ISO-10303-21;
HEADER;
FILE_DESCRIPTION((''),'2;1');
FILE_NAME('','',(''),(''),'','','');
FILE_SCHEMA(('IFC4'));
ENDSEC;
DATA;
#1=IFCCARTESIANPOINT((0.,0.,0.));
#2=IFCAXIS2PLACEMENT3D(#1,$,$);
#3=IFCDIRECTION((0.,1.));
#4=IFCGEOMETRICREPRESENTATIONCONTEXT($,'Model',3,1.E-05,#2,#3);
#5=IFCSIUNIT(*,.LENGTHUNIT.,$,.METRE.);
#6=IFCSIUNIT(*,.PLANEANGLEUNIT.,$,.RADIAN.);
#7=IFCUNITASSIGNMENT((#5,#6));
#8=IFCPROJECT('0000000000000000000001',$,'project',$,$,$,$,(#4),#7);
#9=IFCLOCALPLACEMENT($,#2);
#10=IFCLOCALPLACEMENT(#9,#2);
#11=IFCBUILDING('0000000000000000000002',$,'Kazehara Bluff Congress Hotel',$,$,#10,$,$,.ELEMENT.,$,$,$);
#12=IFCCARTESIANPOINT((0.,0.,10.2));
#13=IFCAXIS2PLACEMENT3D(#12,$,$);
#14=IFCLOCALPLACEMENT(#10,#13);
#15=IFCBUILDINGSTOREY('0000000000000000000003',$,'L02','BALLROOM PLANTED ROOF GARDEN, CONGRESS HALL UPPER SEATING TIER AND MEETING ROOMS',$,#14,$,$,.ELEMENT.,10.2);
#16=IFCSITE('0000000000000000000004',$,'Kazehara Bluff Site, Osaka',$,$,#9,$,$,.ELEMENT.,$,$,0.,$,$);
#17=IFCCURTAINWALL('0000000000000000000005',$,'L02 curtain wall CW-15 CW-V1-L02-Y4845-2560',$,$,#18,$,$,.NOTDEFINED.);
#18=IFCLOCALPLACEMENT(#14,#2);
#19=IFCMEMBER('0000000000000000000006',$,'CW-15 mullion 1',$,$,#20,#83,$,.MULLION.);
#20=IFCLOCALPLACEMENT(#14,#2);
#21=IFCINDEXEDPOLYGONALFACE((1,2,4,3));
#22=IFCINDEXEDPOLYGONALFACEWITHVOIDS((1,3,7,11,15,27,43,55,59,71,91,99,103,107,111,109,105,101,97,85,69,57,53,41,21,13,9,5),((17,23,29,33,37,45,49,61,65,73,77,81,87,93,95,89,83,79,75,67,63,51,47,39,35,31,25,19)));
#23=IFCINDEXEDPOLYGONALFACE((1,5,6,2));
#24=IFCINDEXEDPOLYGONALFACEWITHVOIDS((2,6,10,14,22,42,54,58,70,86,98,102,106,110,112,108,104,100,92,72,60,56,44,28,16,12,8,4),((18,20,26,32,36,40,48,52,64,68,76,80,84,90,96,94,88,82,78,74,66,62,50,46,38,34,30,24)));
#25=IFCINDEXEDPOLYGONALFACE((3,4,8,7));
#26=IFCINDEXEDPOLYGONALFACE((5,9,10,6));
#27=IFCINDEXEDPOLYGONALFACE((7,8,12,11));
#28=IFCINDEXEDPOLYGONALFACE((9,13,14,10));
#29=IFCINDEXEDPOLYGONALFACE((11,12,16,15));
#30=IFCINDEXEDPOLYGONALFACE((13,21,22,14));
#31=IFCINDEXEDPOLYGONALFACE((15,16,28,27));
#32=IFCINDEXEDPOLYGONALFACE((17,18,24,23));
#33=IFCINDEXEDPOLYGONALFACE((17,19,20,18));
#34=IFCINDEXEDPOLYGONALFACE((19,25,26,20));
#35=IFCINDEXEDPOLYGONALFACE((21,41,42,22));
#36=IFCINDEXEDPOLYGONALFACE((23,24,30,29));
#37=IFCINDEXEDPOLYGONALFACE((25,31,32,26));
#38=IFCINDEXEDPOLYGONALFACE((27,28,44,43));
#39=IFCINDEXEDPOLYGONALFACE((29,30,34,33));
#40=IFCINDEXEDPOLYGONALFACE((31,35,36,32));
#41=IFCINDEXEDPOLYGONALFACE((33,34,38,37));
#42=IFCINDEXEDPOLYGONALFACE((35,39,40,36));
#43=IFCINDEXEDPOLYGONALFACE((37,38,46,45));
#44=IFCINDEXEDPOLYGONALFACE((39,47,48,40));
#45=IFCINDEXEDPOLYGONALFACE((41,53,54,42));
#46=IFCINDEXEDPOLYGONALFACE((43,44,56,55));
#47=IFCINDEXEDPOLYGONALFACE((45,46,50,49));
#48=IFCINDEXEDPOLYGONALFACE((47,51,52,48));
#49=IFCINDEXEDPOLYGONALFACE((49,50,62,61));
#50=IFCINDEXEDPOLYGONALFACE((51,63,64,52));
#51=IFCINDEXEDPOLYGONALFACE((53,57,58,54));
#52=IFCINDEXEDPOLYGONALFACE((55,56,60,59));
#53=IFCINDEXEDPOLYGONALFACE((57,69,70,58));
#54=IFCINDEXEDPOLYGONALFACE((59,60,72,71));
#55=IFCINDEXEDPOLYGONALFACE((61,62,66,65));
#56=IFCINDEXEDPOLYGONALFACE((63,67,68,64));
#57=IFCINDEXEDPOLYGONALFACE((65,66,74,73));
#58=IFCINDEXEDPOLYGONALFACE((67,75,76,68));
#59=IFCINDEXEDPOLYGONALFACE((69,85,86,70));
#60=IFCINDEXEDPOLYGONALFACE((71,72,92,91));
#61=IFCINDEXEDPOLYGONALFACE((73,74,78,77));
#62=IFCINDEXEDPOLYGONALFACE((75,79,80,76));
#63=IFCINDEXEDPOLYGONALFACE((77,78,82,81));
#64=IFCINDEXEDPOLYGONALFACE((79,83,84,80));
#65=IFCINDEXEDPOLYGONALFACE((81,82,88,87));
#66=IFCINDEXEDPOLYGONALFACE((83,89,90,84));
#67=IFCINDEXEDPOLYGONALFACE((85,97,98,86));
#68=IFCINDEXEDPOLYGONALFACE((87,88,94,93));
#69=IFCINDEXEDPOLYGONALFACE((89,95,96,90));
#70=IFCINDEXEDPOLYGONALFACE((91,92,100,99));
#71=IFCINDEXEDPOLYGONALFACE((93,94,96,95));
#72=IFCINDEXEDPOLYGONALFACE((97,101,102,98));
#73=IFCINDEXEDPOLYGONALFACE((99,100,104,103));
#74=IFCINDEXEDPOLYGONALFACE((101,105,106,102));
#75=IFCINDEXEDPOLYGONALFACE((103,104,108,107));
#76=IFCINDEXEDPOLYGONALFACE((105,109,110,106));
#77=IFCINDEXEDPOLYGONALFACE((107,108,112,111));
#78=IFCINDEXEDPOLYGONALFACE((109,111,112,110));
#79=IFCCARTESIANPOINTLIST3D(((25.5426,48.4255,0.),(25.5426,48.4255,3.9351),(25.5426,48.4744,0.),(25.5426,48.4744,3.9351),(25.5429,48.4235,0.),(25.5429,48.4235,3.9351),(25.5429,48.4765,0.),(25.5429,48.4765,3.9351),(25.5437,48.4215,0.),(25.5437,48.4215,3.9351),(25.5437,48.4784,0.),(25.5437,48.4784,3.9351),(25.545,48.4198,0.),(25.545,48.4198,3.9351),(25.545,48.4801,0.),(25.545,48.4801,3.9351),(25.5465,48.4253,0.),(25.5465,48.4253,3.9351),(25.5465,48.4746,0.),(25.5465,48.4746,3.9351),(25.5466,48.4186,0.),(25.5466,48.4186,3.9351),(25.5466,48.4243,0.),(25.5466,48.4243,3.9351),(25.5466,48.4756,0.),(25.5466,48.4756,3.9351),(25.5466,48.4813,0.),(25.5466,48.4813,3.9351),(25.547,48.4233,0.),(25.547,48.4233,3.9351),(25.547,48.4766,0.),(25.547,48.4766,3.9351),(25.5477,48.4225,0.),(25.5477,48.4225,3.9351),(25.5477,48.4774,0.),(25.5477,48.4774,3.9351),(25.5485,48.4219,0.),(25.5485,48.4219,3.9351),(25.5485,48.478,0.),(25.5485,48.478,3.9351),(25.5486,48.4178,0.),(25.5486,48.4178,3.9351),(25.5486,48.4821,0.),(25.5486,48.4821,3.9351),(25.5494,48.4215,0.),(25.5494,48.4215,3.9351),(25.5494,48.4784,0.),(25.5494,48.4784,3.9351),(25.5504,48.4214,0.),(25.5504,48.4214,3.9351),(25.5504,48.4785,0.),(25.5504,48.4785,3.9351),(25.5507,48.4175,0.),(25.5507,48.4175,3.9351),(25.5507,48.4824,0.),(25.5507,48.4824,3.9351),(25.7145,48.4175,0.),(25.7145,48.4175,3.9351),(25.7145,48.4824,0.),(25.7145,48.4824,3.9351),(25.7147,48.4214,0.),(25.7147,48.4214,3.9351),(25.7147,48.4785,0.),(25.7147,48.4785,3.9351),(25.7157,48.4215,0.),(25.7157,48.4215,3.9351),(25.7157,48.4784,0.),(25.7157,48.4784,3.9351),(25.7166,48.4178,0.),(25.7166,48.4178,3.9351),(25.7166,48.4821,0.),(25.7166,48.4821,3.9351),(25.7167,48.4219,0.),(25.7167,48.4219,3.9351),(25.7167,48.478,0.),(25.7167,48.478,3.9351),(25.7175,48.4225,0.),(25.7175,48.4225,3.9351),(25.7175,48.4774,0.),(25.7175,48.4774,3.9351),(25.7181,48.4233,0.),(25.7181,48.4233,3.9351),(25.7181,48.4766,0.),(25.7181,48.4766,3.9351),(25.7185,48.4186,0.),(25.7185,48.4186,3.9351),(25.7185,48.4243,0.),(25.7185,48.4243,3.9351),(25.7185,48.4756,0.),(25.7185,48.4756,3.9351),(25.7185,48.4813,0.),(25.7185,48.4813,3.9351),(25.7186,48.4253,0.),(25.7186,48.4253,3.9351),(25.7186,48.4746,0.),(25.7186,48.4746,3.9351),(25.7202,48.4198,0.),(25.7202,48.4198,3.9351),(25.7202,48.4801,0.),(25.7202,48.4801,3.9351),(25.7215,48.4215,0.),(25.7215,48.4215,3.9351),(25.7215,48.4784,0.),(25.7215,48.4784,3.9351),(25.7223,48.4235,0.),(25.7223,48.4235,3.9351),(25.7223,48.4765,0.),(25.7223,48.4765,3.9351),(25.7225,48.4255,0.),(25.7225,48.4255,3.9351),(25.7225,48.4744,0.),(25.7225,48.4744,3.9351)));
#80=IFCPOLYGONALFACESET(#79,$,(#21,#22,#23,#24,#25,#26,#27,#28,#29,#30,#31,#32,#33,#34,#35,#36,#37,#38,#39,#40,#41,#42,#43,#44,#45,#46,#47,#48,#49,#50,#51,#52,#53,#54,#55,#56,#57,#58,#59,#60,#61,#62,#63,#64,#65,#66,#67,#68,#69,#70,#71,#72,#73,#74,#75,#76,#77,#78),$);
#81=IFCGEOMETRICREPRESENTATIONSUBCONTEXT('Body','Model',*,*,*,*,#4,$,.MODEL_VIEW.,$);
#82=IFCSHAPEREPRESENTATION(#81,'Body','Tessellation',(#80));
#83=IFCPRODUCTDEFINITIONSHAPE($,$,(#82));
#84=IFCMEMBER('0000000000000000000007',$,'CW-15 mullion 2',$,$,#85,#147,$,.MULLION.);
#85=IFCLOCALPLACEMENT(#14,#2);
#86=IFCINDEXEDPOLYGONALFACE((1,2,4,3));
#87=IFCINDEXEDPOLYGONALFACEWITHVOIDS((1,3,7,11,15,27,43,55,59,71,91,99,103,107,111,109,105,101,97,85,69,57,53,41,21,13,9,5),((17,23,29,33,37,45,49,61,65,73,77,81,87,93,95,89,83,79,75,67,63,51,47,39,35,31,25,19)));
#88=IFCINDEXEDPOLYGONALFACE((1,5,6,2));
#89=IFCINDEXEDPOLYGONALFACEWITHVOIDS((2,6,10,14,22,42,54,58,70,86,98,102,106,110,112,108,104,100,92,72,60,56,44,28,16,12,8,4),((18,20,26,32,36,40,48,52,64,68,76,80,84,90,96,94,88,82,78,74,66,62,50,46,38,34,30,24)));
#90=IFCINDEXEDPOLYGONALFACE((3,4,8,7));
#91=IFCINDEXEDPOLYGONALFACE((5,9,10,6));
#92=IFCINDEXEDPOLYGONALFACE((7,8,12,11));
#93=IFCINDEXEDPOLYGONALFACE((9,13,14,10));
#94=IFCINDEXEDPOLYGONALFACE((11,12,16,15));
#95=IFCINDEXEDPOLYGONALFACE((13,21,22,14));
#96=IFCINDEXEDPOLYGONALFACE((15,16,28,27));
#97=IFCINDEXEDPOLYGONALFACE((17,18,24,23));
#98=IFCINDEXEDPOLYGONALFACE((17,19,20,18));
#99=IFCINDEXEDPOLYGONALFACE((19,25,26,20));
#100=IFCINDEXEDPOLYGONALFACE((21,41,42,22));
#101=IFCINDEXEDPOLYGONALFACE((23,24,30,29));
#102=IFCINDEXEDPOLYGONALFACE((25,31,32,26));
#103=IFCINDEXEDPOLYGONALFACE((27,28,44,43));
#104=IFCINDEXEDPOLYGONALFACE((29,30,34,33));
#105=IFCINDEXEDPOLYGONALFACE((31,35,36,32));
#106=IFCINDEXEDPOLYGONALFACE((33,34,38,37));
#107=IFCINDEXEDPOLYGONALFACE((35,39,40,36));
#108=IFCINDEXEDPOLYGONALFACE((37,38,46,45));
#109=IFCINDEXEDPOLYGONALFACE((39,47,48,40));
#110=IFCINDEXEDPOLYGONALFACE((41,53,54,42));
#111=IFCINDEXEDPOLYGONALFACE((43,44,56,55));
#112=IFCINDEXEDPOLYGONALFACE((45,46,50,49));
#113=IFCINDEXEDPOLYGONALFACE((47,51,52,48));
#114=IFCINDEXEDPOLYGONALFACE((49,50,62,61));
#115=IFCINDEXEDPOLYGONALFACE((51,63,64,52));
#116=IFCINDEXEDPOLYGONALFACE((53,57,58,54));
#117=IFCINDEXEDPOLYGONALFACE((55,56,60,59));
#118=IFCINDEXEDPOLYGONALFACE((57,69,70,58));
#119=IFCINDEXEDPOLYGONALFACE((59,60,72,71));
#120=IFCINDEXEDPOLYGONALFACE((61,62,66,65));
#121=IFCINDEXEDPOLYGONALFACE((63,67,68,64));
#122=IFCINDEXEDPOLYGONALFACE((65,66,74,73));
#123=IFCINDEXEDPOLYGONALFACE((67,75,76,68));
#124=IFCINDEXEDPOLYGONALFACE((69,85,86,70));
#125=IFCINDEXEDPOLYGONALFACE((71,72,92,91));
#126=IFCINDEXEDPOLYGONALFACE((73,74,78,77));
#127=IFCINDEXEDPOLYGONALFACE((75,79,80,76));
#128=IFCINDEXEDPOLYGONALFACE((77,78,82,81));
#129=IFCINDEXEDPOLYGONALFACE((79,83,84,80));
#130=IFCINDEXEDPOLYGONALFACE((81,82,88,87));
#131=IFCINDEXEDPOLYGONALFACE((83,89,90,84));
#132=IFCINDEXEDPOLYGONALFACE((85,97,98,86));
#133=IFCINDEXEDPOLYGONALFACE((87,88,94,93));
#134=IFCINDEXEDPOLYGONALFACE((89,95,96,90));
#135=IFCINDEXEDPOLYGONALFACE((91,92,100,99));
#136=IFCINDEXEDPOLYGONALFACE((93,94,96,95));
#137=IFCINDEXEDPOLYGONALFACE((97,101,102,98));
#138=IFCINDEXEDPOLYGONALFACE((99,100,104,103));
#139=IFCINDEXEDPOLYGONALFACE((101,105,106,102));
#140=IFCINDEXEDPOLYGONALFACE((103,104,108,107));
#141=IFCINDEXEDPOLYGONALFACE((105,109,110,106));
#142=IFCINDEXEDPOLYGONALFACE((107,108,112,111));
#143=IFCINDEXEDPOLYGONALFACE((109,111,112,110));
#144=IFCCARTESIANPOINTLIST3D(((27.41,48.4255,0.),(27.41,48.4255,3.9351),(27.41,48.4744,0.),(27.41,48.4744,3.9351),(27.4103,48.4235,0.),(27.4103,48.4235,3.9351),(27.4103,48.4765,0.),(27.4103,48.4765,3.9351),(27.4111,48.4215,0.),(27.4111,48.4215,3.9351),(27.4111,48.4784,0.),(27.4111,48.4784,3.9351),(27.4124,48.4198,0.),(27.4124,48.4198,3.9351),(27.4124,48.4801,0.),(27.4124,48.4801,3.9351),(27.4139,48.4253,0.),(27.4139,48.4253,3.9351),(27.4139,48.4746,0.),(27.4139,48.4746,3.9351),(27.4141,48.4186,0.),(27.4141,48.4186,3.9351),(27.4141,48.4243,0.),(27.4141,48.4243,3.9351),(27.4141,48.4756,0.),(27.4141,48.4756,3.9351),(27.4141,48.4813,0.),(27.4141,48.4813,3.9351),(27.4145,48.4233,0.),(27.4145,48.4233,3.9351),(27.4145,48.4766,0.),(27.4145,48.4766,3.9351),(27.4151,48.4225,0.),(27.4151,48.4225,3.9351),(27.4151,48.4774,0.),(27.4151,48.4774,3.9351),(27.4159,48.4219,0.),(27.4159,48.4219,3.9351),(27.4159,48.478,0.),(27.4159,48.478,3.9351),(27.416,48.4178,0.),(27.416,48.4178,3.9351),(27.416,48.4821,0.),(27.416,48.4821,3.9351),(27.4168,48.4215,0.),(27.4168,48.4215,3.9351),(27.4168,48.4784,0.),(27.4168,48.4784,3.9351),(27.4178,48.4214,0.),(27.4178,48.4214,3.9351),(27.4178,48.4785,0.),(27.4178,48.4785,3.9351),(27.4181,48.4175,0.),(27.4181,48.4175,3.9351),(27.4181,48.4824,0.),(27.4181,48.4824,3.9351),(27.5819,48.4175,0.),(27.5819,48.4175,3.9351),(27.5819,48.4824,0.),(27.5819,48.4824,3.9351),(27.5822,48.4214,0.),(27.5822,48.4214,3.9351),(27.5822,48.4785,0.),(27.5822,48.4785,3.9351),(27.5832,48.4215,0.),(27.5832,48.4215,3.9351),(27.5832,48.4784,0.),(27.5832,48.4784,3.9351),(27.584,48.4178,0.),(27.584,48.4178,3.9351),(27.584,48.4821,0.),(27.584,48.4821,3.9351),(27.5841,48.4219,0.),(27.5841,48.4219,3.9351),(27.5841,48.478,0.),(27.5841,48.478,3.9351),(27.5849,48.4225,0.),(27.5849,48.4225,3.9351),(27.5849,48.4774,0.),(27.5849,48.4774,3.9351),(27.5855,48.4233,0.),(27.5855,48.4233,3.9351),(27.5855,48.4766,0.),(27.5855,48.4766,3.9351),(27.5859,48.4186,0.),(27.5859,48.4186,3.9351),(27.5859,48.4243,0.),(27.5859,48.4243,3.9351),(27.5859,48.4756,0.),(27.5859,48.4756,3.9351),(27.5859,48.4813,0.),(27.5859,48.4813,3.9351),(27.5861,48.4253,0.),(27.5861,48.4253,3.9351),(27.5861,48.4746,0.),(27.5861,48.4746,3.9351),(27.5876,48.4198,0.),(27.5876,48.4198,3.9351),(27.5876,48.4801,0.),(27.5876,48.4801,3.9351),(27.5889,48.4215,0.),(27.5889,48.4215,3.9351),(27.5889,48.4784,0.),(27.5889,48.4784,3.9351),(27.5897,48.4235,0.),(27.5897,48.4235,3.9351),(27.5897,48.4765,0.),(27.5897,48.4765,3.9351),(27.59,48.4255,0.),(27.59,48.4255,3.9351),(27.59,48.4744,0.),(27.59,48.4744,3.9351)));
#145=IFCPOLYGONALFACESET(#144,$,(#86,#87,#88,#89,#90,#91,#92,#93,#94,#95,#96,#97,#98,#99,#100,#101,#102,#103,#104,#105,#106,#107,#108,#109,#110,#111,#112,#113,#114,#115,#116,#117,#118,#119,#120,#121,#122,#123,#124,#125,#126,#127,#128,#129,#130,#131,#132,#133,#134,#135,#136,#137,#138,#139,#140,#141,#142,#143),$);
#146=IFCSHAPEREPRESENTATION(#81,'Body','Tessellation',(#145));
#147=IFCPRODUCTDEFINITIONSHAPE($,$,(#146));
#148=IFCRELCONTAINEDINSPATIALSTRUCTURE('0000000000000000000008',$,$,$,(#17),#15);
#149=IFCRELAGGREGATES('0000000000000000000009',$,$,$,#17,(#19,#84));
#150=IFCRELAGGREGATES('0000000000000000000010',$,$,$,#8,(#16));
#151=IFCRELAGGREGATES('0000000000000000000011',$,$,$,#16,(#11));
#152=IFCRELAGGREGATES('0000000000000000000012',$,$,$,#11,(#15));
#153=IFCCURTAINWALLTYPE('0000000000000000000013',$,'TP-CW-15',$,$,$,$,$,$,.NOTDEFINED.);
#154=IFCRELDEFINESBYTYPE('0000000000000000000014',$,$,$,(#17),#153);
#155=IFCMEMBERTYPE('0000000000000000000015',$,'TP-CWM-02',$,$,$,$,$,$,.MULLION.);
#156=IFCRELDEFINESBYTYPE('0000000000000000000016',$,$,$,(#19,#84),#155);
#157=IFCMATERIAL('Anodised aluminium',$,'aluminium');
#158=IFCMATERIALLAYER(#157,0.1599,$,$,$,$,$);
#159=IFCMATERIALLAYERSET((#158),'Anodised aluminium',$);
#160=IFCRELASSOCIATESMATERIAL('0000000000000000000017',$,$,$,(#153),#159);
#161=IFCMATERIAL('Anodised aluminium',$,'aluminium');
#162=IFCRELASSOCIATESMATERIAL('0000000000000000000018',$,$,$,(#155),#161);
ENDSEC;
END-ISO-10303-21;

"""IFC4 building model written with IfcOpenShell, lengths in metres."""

from ifc_helpers import new_model, si_unit, direction, frame, origin, origin_2d, place, context, subcontext, project, spatial, hollow_rectangle, extrude, material, layer, layer_set, material_profile, profile_set, type_object, element, aggregate, save


model = new_model("IFC4")

# Units and contexts
model_context = context("Model", 3, precision=1e-05, world=origin(), true_north=direction((0.0, 1.0)))
body_context = subcontext(model_context, "Body", "Model", "MODEL_VIEW")
ifc_project = project(units=[si_unit("LENGTHUNIT", "METRE"), si_unit("PLANEANGLEUNIT", "RADIAN")], contexts=[model_context])

# Site, building, storey
site_placement = place(None, origin())
site = spatial("IfcSite", under=ifc_project, at=site_placement, Name="Kazehara Bluff Site, Osaka", CompositionType="ELEMENT", RefElevation=0.0)
building_placement = place(site_placement, origin())
building = spatial("IfcBuilding", under=site, at=building_placement, Name="Kazehara Bluff Congress Hotel", CompositionType="ELEMENT")
storey_placement = place(building_placement, frame((0.0, 0.0, 10.2)))
storey = spatial("IfcBuildingStorey", under=building, at=storey_placement, Name="L02", Description="BALLROOM PLANTED ROOF GARDEN, CONGRESS HALL UPPER SEATING TIER AND MEETING ROOMS", CompositionType="ELEMENT", Elevation=10.2)

# Curtain wall, members
ifc_material_1 = material(Name="Anodised aluminium", Category="aluminium")
ifc_layer_1 = layer(ifc_material_1, 0.1599)
ifc_layer_set_1 = layer_set([ifc_layer_1], Name="Anodised aluminium")
curtain_wall_type_1 = type_object("IfcCurtainWallType", Name="TP-CW-15", PredefinedType="NOTDEFINED", material=ifc_layer_set_1)
curtain_wall_1_placement = place(storey_placement, origin())
curtain_wall_1 = element("IfcCurtainWall", 1, at=curtain_wall_1_placement, inside=storey, type_object=curtain_wall_type_1, Name="L02 curtain wall CW-15 CW-V1-L02-Y4845-2560", PredefinedType="NOTDEFINED")
ifc_material_2 = material(Name="Anodised aluminium", Category="aluminium")
ifc_material_profile_1 = material_profile(ifc_material_2, hollow_rectangle(XDim=0.0649, YDim=0.1799, WallThickness=0.0039, InnerFilletRadius=0.0039, OuterFilletRadius=0.0081, at=origin_2d()))
ifc_profile_set_1 = profile_set([ifc_material_profile_1], Name="Anodised aluminium")
member_type_1 = type_object("IfcMemberType", Name="TP-CWM-02", PredefinedType="MULLION", material=ifc_profile_set_1)
member_1_placement = place(storey_placement, frame((25.6326, 48.45, 0.0), z_axis=(0.0, 0.0, 1.0), x_axis=(0.0, 1.0, 0.0)))
member_1 = element("IfcMember", 2, at=member_1_placement, type_object=member_type_1, Name="CW-15 mullion 1", PredefinedType="MULLION", context=body_context, shape_type="SweptSolid", body=[
    extrude(hollow_rectangle(XDim=0.0649, YDim=0.1799, WallThickness=0.0039, InnerFilletRadius=0.0039, OuterFilletRadius=0.0081, at=origin_2d()), origin(), (0.0, 0.0, 1.0), 3.9351),
])
member_2_placement = place(storey_placement, frame((27.5, 48.45, 0.0), z_axis=(0.0, 0.0, 1.0), x_axis=(0.0, 1.0, 0.0)))
member_2 = element("IfcMember", 3, at=member_2_placement, type_object=member_type_1, Name="CW-15 mullion 2", PredefinedType="MULLION", context=body_context, shape_type="SweptSolid", body=[
    extrude(hollow_rectangle(XDim=0.0649, YDim=0.1799, WallThickness=0.0039, InnerFilletRadius=0.0039, OuterFilletRadius=0.0081, at=origin_2d()), origin(), (0.0, 0.0, 1.0), 3.9351),
])

aggregate(curtain_wall_1, [member_1, member_2])

save(model, "model.ifc")
